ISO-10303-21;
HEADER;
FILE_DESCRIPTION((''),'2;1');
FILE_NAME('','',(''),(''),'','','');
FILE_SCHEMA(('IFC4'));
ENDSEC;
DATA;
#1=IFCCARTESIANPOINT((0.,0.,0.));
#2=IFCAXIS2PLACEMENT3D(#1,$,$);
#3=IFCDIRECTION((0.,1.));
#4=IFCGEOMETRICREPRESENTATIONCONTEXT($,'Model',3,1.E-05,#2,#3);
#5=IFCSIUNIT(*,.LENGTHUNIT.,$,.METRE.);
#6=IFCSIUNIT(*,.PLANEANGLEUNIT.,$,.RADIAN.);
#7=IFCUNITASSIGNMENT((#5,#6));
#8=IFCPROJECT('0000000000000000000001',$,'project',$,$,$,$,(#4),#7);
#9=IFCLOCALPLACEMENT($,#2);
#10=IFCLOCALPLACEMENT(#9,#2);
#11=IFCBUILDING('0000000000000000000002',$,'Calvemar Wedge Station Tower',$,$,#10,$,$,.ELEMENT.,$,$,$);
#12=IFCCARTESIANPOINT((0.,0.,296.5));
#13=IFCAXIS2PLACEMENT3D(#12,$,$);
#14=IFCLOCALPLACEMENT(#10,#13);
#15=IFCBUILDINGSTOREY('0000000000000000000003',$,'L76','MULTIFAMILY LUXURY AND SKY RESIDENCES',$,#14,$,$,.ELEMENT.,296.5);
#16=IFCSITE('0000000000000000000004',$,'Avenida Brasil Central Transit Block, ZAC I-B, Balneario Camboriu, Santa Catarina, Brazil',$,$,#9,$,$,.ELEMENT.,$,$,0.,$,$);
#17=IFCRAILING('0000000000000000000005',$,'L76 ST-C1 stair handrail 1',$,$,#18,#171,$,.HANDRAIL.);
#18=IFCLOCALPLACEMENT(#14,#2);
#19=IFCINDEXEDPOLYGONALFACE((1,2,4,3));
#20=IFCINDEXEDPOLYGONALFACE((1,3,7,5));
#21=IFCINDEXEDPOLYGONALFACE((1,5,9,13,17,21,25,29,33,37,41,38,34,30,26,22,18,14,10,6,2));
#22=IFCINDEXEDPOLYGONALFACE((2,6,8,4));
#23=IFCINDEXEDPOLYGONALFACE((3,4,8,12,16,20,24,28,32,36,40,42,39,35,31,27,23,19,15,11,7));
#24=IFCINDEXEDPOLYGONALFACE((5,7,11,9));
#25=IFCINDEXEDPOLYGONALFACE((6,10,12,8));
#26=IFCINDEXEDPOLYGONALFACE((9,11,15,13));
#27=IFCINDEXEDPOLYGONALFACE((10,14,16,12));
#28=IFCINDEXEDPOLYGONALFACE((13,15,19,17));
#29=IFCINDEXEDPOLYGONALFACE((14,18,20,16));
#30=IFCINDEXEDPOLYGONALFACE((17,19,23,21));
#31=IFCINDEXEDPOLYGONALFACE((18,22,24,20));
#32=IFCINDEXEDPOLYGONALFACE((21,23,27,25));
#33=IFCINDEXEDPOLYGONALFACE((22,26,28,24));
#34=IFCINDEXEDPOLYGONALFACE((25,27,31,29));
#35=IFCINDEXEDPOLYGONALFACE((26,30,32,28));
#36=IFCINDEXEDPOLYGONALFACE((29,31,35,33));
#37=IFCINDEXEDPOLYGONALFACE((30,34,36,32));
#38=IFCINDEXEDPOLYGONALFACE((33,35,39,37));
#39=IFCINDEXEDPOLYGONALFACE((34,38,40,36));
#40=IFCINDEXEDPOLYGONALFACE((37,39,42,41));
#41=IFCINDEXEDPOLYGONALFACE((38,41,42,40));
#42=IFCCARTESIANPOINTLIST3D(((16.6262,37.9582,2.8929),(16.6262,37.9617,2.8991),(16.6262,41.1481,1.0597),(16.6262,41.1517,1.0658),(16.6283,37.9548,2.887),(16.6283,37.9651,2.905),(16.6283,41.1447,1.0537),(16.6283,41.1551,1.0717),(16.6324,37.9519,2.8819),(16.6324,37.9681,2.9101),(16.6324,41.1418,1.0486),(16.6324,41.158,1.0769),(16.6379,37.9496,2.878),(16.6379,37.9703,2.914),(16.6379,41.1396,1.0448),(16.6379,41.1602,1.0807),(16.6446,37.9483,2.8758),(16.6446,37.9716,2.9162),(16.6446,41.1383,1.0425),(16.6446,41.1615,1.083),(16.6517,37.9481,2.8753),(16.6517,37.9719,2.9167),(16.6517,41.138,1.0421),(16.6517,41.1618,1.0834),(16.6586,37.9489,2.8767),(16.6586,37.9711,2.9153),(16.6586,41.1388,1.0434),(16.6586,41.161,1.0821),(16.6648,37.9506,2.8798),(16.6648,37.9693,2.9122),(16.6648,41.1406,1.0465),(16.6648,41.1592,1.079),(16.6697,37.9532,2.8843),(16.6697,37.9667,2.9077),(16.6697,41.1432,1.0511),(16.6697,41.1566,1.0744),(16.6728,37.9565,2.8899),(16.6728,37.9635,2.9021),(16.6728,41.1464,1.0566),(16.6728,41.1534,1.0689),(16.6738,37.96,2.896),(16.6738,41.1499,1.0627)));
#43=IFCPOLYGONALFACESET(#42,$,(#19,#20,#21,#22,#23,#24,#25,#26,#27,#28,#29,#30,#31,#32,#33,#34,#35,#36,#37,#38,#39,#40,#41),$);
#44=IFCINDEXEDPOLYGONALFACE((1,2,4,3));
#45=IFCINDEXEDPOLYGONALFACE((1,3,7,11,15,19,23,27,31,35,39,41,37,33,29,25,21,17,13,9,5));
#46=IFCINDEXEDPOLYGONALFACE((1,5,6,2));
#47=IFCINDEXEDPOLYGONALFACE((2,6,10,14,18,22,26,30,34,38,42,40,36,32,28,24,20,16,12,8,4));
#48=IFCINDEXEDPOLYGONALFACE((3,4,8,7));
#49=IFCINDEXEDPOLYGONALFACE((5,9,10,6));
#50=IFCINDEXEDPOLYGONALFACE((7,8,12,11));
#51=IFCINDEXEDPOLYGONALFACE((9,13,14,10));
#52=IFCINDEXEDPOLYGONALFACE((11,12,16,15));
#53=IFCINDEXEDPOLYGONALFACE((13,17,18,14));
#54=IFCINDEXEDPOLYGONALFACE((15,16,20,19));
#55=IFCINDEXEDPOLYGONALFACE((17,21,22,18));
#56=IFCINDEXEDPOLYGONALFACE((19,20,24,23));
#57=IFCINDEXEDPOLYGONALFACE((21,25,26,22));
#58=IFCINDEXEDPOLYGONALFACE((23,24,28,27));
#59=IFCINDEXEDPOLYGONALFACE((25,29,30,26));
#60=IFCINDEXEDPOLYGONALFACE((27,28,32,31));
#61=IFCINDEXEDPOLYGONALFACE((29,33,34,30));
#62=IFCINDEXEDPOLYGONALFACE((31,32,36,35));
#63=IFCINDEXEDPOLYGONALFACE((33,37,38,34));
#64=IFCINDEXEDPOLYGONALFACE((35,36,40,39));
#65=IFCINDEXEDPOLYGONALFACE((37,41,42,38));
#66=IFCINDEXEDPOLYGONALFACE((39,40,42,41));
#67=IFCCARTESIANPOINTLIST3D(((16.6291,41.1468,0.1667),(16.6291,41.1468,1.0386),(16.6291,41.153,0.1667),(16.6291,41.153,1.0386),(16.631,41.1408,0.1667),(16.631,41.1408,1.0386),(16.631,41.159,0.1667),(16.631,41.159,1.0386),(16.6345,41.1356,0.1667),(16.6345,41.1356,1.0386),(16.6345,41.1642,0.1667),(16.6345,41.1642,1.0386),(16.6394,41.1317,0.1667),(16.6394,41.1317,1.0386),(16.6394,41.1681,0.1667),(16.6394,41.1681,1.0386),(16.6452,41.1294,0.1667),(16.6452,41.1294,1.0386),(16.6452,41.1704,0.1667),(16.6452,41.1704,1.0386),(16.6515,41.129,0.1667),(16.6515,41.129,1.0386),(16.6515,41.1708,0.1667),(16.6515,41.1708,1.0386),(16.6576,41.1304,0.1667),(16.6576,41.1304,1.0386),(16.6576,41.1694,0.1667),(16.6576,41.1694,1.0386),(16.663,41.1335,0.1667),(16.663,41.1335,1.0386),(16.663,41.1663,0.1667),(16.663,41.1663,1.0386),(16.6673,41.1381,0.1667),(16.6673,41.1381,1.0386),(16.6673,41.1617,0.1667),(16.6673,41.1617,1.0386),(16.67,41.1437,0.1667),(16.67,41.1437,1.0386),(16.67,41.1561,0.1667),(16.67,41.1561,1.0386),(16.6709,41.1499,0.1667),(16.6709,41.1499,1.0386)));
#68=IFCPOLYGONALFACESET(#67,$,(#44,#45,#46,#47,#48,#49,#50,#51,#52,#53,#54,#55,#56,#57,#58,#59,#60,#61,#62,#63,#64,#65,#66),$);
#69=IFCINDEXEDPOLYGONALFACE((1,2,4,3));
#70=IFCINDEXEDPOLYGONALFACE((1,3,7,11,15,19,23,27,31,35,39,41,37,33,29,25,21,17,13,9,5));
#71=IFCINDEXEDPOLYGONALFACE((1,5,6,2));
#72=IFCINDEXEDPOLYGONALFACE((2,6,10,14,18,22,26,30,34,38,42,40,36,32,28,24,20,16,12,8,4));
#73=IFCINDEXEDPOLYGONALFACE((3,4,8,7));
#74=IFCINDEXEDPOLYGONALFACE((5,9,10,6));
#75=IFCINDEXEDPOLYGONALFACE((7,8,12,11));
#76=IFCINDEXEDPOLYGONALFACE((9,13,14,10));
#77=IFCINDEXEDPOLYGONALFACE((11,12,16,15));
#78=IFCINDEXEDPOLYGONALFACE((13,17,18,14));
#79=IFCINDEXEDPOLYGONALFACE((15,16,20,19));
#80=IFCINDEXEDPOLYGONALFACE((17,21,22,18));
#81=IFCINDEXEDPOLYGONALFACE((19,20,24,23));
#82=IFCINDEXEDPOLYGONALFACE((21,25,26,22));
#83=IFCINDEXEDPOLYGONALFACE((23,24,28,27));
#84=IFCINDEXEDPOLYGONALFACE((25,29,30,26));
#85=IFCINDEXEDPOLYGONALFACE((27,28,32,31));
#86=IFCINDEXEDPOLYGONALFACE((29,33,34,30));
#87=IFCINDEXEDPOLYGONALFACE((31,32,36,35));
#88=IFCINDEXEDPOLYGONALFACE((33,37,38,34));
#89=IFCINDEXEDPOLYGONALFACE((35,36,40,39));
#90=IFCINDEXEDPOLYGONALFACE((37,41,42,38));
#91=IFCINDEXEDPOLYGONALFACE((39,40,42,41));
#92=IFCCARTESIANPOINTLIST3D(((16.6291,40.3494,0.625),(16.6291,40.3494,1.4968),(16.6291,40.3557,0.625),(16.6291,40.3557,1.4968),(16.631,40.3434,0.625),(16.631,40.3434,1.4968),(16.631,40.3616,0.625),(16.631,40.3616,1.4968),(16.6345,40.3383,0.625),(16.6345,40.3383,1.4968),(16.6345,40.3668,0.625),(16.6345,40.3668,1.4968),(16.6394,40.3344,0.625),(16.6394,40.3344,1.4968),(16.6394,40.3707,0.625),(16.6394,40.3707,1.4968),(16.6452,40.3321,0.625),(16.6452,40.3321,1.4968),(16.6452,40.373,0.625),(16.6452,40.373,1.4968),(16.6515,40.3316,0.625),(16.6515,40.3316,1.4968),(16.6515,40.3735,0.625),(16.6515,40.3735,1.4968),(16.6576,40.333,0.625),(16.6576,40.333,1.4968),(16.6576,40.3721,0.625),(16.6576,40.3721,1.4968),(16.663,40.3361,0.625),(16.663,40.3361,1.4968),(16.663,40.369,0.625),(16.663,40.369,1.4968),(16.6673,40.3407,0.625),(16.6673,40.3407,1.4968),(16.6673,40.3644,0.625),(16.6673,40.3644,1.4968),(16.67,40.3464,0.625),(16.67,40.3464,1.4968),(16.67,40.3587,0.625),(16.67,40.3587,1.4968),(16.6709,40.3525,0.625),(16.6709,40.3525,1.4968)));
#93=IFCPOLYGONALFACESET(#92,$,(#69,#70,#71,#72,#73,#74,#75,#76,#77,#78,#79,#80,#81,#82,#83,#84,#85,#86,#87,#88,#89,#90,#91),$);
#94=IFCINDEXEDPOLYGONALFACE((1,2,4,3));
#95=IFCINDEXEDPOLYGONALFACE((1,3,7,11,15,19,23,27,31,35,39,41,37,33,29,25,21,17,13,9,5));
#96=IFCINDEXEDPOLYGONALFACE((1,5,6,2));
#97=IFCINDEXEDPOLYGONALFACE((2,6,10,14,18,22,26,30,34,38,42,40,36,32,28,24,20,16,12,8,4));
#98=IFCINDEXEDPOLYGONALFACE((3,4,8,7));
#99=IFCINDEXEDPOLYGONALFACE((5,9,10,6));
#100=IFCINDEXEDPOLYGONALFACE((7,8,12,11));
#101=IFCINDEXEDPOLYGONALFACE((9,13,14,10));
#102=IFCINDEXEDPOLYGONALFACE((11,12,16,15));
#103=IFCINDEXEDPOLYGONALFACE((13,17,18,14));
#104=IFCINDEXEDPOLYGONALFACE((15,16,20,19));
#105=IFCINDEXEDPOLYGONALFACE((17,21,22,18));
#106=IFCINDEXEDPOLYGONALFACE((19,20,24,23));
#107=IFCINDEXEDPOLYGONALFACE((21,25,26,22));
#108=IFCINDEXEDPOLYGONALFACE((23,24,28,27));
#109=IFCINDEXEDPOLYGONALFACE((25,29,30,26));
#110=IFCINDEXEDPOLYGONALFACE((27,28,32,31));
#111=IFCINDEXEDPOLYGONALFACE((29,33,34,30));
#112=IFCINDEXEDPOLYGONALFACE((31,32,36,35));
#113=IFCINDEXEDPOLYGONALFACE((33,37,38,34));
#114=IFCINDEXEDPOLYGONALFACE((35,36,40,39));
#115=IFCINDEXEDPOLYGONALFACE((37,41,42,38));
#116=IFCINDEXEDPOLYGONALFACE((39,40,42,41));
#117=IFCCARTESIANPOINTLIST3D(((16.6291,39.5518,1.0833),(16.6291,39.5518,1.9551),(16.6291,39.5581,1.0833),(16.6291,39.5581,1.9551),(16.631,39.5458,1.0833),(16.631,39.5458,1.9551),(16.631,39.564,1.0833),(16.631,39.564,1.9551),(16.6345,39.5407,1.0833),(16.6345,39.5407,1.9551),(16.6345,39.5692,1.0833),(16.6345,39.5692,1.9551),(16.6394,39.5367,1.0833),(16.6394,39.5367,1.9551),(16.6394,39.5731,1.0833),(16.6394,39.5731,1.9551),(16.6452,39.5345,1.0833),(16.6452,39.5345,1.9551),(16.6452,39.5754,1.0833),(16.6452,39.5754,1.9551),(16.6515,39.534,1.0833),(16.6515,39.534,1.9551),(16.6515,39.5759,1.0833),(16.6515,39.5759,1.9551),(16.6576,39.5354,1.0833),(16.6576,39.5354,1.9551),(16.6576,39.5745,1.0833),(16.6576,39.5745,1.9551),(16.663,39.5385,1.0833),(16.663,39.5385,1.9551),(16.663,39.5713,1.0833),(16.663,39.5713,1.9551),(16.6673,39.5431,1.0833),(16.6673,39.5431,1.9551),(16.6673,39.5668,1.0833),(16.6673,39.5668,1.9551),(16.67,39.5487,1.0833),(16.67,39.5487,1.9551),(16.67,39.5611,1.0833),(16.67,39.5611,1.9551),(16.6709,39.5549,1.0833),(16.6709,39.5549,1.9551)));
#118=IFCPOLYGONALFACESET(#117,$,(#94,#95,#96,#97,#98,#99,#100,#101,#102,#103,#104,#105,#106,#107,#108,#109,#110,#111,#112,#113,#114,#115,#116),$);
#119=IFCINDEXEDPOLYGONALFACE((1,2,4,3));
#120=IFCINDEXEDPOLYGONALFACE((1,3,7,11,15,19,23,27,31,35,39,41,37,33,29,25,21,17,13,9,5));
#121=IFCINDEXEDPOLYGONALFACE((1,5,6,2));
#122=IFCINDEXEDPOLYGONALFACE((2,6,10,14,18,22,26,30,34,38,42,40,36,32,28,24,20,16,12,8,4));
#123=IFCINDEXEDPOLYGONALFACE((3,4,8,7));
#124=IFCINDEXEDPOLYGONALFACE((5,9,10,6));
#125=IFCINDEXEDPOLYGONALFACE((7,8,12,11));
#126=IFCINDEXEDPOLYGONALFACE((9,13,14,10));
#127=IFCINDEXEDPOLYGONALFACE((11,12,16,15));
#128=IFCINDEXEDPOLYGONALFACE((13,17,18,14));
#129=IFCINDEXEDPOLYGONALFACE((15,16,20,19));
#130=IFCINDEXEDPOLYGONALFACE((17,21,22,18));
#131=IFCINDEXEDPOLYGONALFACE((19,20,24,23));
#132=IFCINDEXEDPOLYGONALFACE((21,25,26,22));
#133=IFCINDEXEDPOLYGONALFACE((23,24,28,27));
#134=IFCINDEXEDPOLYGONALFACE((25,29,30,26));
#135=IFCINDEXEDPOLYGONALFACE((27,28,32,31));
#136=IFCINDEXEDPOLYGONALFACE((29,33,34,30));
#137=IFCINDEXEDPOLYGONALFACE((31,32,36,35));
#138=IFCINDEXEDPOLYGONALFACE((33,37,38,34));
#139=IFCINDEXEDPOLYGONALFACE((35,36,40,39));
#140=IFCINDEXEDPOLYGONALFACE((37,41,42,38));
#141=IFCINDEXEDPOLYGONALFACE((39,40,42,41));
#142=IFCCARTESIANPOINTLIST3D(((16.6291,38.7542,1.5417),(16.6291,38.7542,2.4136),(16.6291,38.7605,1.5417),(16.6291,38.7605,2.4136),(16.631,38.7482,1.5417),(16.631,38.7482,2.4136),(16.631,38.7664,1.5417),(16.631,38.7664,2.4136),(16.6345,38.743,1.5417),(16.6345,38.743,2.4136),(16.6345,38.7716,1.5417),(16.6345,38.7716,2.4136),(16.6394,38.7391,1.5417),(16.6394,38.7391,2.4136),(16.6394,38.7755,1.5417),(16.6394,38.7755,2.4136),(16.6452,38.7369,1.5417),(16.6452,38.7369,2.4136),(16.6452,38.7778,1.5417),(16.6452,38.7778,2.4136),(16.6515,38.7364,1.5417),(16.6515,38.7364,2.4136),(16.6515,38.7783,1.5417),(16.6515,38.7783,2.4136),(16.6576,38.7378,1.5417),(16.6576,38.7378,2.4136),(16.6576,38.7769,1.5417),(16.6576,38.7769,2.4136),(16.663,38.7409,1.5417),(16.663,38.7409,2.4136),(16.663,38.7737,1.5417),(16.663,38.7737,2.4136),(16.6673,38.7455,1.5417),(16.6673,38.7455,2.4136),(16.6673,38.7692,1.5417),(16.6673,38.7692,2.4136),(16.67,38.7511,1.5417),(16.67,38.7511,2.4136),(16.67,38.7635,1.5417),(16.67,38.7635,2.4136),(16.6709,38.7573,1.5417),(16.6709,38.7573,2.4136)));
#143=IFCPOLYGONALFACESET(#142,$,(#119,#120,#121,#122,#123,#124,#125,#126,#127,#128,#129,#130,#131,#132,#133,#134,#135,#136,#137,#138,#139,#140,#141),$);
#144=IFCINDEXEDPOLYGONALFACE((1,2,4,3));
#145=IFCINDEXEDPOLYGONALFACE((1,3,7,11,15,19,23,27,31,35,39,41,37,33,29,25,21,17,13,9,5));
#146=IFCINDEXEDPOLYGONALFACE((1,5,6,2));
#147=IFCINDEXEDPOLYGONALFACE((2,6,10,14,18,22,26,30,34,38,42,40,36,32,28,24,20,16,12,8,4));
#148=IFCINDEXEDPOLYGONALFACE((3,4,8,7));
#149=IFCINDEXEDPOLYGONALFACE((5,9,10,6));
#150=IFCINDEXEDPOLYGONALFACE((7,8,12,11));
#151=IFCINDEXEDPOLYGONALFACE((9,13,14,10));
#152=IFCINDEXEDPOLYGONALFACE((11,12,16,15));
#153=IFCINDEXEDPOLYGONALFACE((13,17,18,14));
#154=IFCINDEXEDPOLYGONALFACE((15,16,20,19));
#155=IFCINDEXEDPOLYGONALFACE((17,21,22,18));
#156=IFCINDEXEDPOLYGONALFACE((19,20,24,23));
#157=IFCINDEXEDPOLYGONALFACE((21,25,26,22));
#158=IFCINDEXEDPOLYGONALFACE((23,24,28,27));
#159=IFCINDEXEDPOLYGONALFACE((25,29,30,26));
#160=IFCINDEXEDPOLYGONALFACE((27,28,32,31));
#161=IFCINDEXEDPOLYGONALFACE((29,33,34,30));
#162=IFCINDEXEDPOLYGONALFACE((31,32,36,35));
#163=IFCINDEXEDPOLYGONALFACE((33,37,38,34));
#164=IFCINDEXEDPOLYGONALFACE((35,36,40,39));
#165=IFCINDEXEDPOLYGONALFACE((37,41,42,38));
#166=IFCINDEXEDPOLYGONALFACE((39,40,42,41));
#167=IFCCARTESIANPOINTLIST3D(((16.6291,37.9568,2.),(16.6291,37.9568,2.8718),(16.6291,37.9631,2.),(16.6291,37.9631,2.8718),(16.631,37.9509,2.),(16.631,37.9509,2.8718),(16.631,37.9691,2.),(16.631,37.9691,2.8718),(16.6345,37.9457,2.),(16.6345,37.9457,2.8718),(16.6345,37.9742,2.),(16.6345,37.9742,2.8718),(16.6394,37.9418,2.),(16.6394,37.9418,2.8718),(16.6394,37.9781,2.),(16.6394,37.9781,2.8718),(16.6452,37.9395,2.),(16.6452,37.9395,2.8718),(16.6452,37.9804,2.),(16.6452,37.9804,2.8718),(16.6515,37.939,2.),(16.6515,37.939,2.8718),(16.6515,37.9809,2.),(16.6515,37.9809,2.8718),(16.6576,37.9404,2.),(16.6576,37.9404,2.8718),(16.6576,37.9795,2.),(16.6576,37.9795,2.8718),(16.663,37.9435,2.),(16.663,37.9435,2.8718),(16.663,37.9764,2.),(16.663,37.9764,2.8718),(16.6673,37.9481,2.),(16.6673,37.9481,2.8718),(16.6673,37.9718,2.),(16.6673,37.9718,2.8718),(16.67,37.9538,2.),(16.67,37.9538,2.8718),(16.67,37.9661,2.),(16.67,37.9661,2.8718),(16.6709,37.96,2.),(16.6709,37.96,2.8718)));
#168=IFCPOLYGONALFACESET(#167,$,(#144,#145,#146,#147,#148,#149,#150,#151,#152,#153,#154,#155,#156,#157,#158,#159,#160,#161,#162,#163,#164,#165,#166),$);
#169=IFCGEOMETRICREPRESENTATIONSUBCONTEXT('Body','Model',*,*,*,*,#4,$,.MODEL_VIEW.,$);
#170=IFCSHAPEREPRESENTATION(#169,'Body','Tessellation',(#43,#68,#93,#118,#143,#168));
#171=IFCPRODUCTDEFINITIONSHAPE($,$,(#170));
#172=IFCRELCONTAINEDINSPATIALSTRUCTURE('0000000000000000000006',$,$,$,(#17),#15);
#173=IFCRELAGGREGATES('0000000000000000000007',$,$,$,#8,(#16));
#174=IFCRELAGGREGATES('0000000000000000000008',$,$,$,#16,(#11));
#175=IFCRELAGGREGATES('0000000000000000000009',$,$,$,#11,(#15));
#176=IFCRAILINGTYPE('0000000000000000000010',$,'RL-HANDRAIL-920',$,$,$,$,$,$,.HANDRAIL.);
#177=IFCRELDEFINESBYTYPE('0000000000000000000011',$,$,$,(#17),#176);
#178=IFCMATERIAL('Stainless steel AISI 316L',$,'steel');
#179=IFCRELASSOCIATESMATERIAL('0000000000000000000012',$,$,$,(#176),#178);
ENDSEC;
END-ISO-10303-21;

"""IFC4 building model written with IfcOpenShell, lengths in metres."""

from ifc_helpers import new_model, si_unit, direction, frame, origin, origin_2d, place, context, subcontext, project, spatial, circle, extrude, material, type_object, element, save


model = new_model("IFC4")

# Units and contexts
model_context = context("Model", 3, precision=1e-05, world=origin(), true_north=direction((0.0, 1.0)))
body_context = subcontext(model_context, "Body", "Model", "MODEL_VIEW")
ifc_project = project(units=[si_unit("LENGTHUNIT", "METRE"), si_unit("PLANEANGLEUNIT", "RADIAN")], contexts=[model_context])

# Site, building, storey
site_placement = place(None, origin())
site = spatial("IfcSite", under=ifc_project, at=site_placement, Name="Avenida Brasil Central Transit Block, ZAC I-B, Balneario Camboriu, Santa Catarina, Brazil", CompositionType="ELEMENT", RefElevation=0.0)
building_placement = place(site_placement, origin())
building = spatial("IfcBuilding", under=site, at=building_placement, Name="Calvemar Wedge Station Tower", CompositionType="ELEMENT")
storey_placement = place(building_placement, frame((0.0, 0.0, 296.5)))
storey = spatial("IfcBuildingStorey", under=building, at=storey_placement, Name="L76", Description="MULTIFAMILY LUXURY AND SKY RESIDENCES", CompositionType="ELEMENT", Elevation=296.5)

# Railing
ifc_material_1 = material(Name="Stainless steel AISI 316L", Category="steel")
railing_type = type_object("IfcRailingType", Name="RL-HANDRAIL-920", PredefinedType="HANDRAIL", material=ifc_material_1)
railing_placement = place(storey_placement, frame((16.6499, 41.1499, 0.1667)))
element("IfcRailing", 1, at=railing_placement, inside=storey, type_object=railing_type, Name="L76 ST-C1 stair handrail 1", PredefinedType="HANDRAIL", context=body_context, shape_type="SweptSolid", body=[
    extrude(circle(Radius=0.0239, at=origin_2d()), frame((0.0, 0.0, 0.896), z_axis=(0.0, -0.86702, 0.498274), x_axis=(1.0, 0.0, 0.0)), (0.0, 0.0, 1.0), 3.6792),
    extrude(circle(Radius=0.021, at=origin_2d()), origin(), (0.0, 0.0, 1.0), 0.8718),
    extrude(circle(Radius=0.021, at=origin_2d()), frame((0.0, -0.7974, 0.4583)), (0.0, 0.0, 1.0), 0.8718),
    extrude(circle(Radius=0.021, at=origin_2d()), frame((0.0, -1.595, 0.9165)), (0.0, 0.0, 1.0), 0.8718),
    extrude(circle(Radius=0.021, at=origin_2d()), frame((0.0, -2.3926, 1.375)), (0.0, 0.0, 1.0), 0.8718),
    extrude(circle(Radius=0.021, at=origin_2d()), frame((0.0, -3.1899, 1.8333)), (0.0, 0.0, 1.0), 0.8718),
])

save(model, "model.ifc")
